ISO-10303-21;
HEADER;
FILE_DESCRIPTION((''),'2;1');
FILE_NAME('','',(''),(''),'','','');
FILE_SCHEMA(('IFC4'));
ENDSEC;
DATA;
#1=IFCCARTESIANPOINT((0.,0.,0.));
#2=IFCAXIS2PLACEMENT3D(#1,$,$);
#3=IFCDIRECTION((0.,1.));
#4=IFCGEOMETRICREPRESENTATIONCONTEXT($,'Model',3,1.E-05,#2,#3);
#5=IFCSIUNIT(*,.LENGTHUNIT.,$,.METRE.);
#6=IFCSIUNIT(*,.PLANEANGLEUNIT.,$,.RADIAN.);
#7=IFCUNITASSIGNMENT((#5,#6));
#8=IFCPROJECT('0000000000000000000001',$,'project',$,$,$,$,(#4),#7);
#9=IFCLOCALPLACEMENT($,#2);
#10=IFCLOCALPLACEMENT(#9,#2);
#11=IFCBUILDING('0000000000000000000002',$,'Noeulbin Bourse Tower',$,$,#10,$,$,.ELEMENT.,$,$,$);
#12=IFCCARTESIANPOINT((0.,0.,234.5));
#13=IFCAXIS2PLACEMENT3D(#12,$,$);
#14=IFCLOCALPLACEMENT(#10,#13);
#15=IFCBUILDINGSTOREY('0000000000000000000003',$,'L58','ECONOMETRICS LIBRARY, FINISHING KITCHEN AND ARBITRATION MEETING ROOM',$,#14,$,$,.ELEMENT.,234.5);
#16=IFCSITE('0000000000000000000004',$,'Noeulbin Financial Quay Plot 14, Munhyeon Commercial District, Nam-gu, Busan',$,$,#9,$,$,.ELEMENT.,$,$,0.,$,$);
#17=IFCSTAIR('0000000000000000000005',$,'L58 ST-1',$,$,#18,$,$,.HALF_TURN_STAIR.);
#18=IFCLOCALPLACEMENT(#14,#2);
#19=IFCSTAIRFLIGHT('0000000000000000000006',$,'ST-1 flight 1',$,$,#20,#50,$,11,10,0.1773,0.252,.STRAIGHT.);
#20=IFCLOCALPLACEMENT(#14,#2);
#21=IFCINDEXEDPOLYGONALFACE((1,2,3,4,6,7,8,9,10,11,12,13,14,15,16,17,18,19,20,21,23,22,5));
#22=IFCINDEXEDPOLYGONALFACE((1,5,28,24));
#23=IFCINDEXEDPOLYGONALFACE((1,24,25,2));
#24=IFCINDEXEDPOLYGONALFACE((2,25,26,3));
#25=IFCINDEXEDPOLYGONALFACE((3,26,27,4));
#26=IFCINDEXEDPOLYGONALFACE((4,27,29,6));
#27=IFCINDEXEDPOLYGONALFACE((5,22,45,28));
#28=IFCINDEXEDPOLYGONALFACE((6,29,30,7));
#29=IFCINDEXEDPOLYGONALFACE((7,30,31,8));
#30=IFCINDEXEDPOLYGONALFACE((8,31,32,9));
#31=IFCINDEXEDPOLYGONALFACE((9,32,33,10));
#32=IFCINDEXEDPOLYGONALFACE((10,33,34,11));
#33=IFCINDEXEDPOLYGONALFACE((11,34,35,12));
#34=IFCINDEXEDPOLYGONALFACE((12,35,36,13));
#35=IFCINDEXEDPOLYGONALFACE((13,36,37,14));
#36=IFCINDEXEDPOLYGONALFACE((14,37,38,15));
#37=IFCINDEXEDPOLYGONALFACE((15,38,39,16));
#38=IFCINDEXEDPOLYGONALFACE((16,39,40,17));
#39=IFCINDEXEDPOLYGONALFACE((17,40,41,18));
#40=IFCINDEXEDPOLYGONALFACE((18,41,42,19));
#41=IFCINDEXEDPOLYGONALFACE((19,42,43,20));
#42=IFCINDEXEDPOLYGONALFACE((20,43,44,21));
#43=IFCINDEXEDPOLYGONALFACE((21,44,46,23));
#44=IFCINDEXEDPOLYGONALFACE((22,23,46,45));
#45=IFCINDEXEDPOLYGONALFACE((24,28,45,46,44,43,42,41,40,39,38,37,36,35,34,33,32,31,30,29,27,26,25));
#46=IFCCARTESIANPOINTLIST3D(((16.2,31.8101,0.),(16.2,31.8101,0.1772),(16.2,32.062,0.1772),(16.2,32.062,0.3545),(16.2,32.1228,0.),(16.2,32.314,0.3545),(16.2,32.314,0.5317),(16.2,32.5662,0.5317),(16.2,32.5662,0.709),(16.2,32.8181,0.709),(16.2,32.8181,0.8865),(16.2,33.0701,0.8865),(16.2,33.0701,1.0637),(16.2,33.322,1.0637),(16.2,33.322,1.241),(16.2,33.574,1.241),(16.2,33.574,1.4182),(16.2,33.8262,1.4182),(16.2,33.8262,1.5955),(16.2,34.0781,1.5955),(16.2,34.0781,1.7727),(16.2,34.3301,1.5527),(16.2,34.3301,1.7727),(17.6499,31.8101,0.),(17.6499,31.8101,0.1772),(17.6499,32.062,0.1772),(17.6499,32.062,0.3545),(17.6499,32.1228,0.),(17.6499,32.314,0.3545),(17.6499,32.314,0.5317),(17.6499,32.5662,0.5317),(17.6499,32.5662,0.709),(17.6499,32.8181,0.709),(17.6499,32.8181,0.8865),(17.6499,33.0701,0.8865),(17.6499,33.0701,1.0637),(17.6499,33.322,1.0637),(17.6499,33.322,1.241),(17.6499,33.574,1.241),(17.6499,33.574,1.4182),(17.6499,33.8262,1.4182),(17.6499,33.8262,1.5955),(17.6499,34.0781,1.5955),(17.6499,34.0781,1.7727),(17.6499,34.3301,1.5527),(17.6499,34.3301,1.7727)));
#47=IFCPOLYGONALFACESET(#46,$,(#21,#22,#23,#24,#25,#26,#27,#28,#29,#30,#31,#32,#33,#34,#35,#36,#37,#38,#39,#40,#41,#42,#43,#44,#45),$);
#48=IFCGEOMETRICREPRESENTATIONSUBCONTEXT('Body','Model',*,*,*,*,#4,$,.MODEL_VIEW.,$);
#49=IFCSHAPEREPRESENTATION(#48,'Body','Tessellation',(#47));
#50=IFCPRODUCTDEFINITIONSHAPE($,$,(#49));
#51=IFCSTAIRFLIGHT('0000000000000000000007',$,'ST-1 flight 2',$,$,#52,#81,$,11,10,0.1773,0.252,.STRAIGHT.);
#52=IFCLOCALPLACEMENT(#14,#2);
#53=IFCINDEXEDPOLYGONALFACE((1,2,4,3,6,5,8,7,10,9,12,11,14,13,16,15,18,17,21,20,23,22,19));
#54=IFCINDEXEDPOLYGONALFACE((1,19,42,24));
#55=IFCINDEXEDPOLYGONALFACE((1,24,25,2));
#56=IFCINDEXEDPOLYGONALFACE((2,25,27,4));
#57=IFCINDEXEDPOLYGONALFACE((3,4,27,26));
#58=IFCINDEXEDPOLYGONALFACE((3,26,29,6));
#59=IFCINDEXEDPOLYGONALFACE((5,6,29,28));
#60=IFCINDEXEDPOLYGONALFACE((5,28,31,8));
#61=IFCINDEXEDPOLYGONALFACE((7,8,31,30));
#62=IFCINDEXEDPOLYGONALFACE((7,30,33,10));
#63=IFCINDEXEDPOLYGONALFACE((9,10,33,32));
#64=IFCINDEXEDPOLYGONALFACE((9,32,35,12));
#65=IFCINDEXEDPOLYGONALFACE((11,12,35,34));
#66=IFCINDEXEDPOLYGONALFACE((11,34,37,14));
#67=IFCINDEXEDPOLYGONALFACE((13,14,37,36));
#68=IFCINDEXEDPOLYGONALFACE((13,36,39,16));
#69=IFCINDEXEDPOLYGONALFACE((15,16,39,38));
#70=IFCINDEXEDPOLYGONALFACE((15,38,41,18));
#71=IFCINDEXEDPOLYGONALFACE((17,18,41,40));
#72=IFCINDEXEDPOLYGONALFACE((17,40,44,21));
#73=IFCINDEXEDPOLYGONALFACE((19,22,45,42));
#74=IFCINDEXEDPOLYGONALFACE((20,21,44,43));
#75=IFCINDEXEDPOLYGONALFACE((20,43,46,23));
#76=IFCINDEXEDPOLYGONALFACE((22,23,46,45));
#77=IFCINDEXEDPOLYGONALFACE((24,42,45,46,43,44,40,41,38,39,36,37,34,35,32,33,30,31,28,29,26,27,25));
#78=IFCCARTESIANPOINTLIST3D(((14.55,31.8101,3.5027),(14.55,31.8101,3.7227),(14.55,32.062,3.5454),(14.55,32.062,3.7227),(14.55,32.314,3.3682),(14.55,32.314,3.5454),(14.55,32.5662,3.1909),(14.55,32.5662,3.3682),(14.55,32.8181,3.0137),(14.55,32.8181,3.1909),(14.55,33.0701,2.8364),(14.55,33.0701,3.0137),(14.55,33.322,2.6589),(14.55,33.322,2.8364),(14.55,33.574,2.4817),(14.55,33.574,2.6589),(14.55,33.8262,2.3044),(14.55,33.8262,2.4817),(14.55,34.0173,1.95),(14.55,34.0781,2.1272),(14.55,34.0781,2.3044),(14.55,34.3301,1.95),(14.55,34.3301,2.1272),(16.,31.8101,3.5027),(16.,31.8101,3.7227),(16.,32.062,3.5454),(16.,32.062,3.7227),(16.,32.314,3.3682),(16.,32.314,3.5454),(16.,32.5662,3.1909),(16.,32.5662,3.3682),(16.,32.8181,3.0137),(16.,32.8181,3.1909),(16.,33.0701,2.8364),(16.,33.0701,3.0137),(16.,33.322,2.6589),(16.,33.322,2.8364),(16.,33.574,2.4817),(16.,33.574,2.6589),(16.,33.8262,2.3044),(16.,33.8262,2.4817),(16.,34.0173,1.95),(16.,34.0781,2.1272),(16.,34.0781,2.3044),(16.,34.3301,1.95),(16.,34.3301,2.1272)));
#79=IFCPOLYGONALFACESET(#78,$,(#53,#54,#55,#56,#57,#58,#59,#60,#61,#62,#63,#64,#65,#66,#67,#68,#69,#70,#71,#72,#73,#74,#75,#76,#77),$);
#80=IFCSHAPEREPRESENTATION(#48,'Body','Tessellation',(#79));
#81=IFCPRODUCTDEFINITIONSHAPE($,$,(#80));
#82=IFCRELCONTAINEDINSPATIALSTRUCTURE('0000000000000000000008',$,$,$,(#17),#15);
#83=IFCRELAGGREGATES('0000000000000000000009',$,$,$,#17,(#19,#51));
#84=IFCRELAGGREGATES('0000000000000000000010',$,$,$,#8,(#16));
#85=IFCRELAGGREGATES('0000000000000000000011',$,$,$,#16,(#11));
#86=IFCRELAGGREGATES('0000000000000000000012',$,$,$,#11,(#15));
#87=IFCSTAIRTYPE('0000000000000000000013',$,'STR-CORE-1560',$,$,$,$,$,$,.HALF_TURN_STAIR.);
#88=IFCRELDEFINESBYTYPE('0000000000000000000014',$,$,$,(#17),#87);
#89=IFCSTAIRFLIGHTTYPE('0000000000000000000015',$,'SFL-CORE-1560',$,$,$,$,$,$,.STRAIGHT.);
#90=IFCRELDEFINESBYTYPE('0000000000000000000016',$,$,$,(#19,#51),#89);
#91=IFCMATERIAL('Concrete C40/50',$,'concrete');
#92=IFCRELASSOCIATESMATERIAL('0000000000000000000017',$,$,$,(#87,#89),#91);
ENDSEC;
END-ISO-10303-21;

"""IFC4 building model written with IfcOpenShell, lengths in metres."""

from ifc_helpers import new_model, si_unit, direction, frame, origin, place, context, subcontext, project, spatial, polyline, outline, extrude, material, type_object, element, aggregate, save


model = new_model("IFC4")

# Units and contexts
model_context = context("Model", 3, precision=1e-05, world=origin(), true_north=direction((0.0, 1.0)))
body_context = subcontext(model_context, "Body", "Model", "MODEL_VIEW")
ifc_project = project(units=[si_unit("LENGTHUNIT", "METRE"), si_unit("PLANEANGLEUNIT", "RADIAN")], contexts=[model_context])

# Site, building, storey
site_placement = place(None, origin())
site = spatial("IfcSite", under=ifc_project, at=site_placement, Name="Noeulbin Financial Quay Plot 14, Munhyeon Commercial District, Nam-gu, Busan", CompositionType="ELEMENT", RefElevation=0.0)
building_placement = place(site_placement, origin())
building = spatial("IfcBuilding", under=site, at=building_placement, Name="Noeulbin Bourse Tower", CompositionType="ELEMENT")
storey_placement = place(building_placement, frame((0.0, 0.0, 234.5)))
storey = spatial("IfcBuildingStorey", under=building, at=storey_placement, Name="L58", Description="ECONOMETRICS LIBRARY, FINISHING KITCHEN AND ARBITRATION MEETING ROOM", CompositionType="ELEMENT", Elevation=234.5)

# Shared definitions
ifc_material_1 = material(Name="Concrete C40/50", Category="concrete")

# Stair, stair flights
stair_type = type_object("IfcStairType", Name="STR-CORE-1560", PredefinedType="HALF_TURN_STAIR", material=ifc_material_1)
stair_placement = place(storey_placement, origin())
stair = element("IfcStair", 1, at=stair_placement, inside=storey, type_object=stair_type, Name="L58 ST-1", PredefinedType="HALF_TURN_STAIR")
stair_flight_type = type_object("IfcStairFlightType", Name="SFL-CORE-1560", PredefinedType="STRAIGHT", material=ifc_material_1)
stair_flight_1_placement = place(storey_placement, frame((16.925, 31.8101, 0.0), z_axis=(0.0, 0.0, 1.0), x_axis=(0.0, 1.0, 0.0)))
stair_flight_1 = element("IfcStairFlight", 2, at=stair_flight_1_placement, type_object=stair_flight_type, Name="ST-1 flight 1", NumberOfRisers=11, NumberOfTreads=10, PredefinedType="STRAIGHT", RiserHeight=0.1773, TreadLength=0.252, context=body_context, shape_type="SweptSolid", body=[
    extrude(outline(polyline([(0.0, 0.0), (0.0, 0.1772), (0.252, 0.1772), (0.252, 0.3545), (0.5039, 0.3545), (0.5039, 0.5317), (0.7561, 0.5317), (0.7561, 0.709), (1.0081, 0.709), (1.0081, 0.8865), (1.26, 0.8865), (1.26, 1.0637), (1.512, 1.0637), (1.512, 1.241), (1.7639, 1.241), (1.7639, 1.4182), (2.0161, 1.4182), (2.0161, 1.5955), (2.2681, 1.5955), (2.2681, 1.7727), (2.52, 1.7727), (2.52, 1.95), (2.52, 1.5527), (0.3127, 0.0), (0.0, 0.0)])), frame((0.0, 0.7251, 0.0), z_axis=(0.0, -1.0, 0.0), x_axis=(1.0, 0.0, 0.0)), (0.0, 0.0, 1.0), 1.45),
])
stair_flight_2_placement = place(storey_placement, frame((15.2749, 34.3301, 1.95), z_axis=(0.0, 0.0, 1.0), x_axis=(0.0, -1.0, 0.0)))
stair_flight_2 = element("IfcStairFlight", 3, at=stair_flight_2_placement, type_object=stair_flight_type, Name="ST-1 flight 2", NumberOfRisers=11, NumberOfTreads=10, PredefinedType="STRAIGHT", RiserHeight=0.1773, TreadLength=0.252, context=body_context, shape_type="SweptSolid", body=[
    extrude(outline(polyline([(0.0, 0.0), (0.0, 0.1772), (0.252, 0.1772), (0.252, 0.3545), (0.5039, 0.3545), (0.5039, 0.5317), (0.7561, 0.5317), (0.7561, 0.709), (1.0081, 0.709), (1.0081, 0.8865), (1.26, 0.8865), (1.26, 1.0637), (1.512, 1.0637), (1.512, 1.241), (1.7639, 1.241), (1.7639, 1.4182), (2.0161, 1.4182), (2.0161, 1.5955), (2.2681, 1.5955), (2.2681, 1.7727), (2.52, 1.7727), (2.52, 1.95), (2.52, 1.5527), (0.3127, 0.0), (0.0, 0.0)])), frame((0.0, 0.7251, 0.0), z_axis=(0.0, -1.0, 0.0), x_axis=(1.0, 0.0, 0.0)), (0.0, 0.0, 1.0), 1.45),
])
aggregate(stair, [stair_flight_1, stair_flight_2])

save(model, "model.ifc")
